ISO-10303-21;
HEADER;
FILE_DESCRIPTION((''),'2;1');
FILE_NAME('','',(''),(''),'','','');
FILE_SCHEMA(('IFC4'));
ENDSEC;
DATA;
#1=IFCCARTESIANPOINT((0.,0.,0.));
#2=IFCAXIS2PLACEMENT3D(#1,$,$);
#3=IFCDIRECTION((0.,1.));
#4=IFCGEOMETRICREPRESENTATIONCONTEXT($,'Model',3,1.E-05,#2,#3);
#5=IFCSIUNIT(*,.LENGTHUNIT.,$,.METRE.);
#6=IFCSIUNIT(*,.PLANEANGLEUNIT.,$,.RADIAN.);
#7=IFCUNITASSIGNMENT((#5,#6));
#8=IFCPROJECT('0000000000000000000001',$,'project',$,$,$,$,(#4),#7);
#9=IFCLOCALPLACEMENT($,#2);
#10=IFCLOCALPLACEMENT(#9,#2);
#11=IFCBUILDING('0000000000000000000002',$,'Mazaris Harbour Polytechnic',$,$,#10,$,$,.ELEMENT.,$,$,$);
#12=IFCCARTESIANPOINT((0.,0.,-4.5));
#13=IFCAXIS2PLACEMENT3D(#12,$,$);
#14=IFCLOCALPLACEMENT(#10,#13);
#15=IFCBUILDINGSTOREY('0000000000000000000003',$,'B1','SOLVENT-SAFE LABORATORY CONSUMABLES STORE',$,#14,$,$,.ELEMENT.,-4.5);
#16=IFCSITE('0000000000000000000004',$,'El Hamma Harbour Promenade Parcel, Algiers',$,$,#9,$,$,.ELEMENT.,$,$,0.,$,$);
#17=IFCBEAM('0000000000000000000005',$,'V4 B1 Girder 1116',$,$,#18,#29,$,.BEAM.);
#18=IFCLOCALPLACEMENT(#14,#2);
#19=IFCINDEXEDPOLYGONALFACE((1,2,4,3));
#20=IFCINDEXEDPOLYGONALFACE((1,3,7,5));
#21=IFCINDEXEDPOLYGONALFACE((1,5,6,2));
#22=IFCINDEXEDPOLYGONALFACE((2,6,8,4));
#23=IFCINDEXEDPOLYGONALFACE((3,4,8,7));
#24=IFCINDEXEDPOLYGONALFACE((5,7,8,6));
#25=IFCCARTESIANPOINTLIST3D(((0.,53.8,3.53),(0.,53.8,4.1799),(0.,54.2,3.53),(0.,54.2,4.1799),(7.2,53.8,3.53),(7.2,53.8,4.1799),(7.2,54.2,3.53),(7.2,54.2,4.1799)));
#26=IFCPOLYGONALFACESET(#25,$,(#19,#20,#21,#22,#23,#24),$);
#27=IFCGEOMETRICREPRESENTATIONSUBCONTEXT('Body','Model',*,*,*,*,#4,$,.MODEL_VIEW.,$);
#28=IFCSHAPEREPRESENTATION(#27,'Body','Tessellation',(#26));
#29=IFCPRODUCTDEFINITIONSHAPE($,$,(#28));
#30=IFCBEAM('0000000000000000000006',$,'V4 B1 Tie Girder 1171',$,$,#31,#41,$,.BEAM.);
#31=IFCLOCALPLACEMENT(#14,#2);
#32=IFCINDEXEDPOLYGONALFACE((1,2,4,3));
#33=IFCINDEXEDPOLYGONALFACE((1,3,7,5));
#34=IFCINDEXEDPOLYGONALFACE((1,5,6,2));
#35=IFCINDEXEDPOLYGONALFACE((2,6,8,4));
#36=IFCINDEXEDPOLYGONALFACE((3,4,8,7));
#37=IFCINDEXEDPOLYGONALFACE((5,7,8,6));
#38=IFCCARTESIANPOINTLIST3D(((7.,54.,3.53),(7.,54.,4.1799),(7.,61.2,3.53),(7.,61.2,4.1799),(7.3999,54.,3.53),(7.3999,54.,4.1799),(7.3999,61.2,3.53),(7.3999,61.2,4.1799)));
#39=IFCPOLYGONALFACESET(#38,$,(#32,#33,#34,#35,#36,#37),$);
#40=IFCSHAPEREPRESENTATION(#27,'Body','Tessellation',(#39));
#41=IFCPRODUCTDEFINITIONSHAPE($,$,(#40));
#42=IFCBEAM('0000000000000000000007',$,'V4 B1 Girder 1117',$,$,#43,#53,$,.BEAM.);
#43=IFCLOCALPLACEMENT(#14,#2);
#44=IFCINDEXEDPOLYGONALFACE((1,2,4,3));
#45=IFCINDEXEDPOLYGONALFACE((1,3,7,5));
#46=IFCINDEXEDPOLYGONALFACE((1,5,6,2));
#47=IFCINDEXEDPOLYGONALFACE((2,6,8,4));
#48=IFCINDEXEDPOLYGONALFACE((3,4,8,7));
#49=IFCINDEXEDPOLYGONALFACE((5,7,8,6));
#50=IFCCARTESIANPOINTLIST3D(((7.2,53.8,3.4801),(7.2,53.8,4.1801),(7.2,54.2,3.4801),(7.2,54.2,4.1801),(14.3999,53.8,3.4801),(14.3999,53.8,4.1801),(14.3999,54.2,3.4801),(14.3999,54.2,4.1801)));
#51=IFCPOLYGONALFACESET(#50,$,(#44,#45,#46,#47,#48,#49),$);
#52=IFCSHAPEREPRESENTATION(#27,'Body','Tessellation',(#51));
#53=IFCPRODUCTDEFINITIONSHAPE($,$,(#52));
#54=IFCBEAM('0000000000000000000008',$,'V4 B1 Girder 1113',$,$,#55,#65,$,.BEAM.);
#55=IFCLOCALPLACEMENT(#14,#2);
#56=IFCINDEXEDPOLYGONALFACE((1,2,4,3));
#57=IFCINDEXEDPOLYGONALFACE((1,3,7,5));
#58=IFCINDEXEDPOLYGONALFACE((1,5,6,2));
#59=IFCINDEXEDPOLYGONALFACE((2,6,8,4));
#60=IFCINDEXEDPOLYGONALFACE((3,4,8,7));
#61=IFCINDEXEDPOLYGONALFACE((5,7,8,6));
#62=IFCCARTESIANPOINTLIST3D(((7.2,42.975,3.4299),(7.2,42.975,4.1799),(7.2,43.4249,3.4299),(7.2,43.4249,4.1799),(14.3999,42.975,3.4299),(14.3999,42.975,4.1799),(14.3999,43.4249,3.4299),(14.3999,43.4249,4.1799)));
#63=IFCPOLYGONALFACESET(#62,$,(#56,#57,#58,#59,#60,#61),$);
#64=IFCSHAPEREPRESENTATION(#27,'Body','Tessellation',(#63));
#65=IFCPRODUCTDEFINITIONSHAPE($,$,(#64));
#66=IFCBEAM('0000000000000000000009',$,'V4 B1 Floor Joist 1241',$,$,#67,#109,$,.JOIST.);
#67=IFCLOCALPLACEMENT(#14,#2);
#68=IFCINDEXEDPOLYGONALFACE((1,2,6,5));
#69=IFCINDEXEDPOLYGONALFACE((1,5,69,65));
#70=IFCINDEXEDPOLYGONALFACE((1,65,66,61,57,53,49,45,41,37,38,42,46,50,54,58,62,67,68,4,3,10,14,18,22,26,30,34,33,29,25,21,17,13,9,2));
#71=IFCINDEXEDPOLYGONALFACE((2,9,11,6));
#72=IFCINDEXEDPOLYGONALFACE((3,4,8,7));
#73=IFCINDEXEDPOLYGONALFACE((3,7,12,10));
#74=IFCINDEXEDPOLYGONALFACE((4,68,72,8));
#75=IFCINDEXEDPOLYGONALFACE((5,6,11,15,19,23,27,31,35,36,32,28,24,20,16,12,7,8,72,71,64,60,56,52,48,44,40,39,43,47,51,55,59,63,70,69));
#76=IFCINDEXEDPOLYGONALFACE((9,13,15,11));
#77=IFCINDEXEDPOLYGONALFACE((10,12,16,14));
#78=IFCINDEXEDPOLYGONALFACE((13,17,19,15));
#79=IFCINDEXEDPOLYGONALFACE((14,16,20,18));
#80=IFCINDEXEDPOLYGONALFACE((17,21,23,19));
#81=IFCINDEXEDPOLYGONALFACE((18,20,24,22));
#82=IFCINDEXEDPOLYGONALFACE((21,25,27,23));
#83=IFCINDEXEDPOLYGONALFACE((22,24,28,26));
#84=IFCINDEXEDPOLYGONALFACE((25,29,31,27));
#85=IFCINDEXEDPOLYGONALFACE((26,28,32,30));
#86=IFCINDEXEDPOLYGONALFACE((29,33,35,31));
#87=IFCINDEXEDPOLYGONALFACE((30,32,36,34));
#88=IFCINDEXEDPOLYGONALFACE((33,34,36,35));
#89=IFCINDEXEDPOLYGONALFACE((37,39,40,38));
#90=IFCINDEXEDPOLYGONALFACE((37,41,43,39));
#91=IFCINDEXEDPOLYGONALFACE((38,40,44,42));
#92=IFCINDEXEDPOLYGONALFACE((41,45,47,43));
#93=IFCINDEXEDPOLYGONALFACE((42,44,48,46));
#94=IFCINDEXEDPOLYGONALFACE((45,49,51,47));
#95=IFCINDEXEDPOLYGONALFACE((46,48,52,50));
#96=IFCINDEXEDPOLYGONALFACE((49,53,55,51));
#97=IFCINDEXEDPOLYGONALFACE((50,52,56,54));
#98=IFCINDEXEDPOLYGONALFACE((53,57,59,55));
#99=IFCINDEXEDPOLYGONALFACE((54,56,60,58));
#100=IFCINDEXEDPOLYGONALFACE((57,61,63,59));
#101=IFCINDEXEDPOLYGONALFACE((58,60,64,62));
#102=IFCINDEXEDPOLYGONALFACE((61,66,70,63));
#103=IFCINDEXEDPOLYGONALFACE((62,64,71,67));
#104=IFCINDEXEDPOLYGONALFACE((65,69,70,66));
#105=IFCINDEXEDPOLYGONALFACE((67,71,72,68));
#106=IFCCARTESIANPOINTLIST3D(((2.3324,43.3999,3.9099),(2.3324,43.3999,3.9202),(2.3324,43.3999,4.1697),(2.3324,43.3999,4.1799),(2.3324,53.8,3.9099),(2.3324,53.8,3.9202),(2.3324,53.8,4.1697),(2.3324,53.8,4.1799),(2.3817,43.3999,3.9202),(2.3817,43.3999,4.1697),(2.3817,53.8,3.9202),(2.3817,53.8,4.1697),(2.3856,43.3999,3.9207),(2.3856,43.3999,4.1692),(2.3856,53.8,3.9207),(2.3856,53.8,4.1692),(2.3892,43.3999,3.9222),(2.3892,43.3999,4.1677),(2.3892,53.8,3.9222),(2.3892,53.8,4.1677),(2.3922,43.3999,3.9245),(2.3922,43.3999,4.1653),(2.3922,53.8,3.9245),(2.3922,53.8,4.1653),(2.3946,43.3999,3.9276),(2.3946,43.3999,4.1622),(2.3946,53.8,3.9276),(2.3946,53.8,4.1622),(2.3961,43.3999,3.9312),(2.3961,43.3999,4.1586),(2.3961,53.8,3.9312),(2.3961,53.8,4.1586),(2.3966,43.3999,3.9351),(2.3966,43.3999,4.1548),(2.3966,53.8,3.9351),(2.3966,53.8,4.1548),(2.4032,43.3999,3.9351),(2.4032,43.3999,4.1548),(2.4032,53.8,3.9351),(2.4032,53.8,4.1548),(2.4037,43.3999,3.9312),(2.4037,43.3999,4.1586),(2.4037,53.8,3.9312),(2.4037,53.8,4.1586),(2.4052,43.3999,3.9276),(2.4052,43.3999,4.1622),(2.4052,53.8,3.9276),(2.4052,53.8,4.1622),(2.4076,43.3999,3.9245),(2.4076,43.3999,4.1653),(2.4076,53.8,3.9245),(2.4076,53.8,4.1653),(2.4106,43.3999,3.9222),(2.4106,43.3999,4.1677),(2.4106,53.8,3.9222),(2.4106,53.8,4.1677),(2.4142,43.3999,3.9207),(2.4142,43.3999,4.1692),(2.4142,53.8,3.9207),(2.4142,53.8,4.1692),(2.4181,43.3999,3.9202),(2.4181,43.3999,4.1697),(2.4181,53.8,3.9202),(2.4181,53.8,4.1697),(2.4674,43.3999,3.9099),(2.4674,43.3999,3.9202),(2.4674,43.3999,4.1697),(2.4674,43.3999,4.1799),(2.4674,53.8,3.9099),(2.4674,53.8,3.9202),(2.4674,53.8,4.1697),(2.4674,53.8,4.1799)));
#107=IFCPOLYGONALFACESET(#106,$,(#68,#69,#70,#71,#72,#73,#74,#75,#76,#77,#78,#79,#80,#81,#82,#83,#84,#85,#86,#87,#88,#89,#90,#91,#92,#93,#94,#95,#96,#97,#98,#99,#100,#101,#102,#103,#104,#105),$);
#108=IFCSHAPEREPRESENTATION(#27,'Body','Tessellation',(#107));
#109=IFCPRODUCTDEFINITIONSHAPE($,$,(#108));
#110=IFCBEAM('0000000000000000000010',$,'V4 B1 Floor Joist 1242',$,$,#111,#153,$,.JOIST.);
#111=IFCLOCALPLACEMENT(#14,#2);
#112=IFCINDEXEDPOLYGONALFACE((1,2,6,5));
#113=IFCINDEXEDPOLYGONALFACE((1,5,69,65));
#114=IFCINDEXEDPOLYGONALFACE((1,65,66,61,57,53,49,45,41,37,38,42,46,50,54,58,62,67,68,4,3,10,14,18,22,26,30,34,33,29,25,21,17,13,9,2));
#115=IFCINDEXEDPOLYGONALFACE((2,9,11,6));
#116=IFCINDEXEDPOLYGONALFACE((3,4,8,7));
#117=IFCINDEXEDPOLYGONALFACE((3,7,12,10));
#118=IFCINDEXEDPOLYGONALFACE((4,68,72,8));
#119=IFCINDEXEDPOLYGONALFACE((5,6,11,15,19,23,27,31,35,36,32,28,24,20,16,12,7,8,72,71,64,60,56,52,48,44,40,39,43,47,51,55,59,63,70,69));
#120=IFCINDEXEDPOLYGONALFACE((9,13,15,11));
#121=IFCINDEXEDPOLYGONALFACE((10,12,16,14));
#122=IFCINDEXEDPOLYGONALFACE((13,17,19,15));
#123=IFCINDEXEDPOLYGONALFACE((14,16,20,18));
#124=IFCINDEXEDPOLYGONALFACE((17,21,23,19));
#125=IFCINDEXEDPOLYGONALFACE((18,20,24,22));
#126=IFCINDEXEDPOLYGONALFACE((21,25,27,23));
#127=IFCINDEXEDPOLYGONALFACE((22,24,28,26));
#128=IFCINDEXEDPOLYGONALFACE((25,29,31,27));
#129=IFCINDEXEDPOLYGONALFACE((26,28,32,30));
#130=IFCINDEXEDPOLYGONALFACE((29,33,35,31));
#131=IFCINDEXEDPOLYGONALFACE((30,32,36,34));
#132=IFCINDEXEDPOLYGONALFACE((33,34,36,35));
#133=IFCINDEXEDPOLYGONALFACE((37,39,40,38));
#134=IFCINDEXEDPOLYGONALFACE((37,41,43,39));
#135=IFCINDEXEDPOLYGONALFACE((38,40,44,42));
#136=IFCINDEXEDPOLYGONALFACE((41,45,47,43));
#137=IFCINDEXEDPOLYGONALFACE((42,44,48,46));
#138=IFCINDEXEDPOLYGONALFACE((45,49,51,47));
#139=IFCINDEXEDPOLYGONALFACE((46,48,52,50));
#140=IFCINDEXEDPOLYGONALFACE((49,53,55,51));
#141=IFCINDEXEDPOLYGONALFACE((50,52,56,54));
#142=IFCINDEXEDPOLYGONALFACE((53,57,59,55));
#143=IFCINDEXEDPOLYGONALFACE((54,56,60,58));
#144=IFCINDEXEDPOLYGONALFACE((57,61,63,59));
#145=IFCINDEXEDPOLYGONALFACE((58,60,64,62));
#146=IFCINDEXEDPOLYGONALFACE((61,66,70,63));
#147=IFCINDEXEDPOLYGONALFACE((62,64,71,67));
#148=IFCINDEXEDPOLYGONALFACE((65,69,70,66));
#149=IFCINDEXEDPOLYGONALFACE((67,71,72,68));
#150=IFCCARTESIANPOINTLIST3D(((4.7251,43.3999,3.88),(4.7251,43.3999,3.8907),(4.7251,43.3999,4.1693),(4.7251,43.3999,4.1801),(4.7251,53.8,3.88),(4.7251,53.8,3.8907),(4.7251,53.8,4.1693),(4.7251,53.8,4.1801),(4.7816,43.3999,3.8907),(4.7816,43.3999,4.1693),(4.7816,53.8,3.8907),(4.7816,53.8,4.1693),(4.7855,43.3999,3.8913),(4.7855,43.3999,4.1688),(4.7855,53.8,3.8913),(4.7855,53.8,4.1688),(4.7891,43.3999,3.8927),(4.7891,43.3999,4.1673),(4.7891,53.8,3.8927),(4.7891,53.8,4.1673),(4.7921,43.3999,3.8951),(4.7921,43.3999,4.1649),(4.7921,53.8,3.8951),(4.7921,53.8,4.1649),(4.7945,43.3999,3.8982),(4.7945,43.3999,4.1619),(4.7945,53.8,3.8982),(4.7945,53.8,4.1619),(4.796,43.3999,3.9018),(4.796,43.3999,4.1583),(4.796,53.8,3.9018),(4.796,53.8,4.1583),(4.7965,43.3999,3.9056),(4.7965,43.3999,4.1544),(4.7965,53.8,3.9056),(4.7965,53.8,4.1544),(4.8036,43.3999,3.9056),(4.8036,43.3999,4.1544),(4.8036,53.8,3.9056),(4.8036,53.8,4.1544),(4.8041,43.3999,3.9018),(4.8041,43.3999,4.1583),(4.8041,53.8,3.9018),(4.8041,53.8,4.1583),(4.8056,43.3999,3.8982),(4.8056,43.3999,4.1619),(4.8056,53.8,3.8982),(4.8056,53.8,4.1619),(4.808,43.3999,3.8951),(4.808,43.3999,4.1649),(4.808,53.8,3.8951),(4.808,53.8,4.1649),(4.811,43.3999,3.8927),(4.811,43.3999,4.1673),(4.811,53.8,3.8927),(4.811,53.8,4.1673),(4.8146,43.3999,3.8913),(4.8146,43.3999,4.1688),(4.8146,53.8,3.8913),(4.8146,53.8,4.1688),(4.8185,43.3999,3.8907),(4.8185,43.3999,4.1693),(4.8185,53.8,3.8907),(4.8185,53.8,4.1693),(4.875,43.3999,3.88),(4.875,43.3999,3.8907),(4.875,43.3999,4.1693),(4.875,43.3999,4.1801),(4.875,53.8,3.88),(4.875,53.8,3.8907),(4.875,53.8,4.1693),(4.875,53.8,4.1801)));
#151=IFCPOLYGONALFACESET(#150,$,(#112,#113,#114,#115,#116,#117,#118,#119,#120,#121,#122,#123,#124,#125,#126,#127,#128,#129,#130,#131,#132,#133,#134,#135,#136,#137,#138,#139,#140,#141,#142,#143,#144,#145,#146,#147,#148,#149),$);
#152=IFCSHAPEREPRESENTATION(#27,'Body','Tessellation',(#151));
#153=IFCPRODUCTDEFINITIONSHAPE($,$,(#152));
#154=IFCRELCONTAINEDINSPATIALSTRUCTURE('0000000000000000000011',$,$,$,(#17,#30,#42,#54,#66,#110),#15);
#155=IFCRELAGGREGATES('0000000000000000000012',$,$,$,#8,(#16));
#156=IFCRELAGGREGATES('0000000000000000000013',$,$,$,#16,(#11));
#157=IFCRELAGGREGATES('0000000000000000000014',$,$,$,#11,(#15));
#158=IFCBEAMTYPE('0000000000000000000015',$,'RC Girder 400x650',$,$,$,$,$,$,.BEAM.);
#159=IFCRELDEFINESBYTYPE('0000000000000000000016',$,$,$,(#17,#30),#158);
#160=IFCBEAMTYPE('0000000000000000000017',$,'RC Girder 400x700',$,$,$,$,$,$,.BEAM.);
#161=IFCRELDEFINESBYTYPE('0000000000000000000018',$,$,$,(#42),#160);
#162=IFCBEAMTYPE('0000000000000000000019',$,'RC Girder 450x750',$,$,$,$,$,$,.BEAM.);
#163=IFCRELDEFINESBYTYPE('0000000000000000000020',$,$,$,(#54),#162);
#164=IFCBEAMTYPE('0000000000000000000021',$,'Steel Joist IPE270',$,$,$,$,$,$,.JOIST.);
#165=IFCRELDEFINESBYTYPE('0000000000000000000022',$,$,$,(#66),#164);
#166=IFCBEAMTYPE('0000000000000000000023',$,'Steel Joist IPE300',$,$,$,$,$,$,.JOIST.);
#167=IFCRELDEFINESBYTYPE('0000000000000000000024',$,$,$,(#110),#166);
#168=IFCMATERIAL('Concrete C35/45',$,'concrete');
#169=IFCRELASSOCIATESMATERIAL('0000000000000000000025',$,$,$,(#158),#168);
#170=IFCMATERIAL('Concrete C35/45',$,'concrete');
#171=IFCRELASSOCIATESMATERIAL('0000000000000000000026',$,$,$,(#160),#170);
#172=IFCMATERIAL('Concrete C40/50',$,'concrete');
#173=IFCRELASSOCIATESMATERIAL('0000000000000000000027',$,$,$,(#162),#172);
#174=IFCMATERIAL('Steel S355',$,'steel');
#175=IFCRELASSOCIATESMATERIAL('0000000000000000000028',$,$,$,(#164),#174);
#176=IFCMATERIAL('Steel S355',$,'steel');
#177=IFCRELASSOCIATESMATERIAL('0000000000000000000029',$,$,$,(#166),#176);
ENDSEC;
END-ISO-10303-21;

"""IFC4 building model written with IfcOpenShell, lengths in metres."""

from ifc_helpers import new_model, si_unit, direction, frame, origin, origin_2d, place, context, subcontext, project, spatial, rectangle, i_section, extrude, material, material_profile, profile_set, type_object, element, save


model = new_model("IFC4")

# Units and contexts
model_context = context("Model", 3, precision=1e-05, world=origin(), true_north=direction((0.0, 1.0)))
body_context = subcontext(model_context, "Body", "Model", "MODEL_VIEW")
ifc_project = project(units=[si_unit("LENGTHUNIT", "METRE"), si_unit("PLANEANGLEUNIT", "RADIAN")], contexts=[model_context])

# Site, building, storey
site_placement = place(None, origin())
site = spatial("IfcSite", under=ifc_project, at=site_placement, Name="El Hamma Harbour Promenade Parcel, Algiers", CompositionType="ELEMENT", RefElevation=0.0)
building_placement = place(site_placement, origin())
building = spatial("IfcBuilding", under=site, at=building_placement, Name="Mazaris Harbour Polytechnic", CompositionType="ELEMENT")
storey_placement = place(building_placement, frame((0.0, 0.0, -4.5)))
storey = spatial("IfcBuildingStorey", under=building, at=storey_placement, Name="B1", Description="SOLVENT-SAFE LABORATORY CONSUMABLES STORE", CompositionType="ELEMENT", Elevation=-4.5)

# Beams
ifc_material_1 = material(Name="Concrete C35/45", Category="concrete")
ifc_material_profile_1 = material_profile(ifc_material_1, rectangle(XDim=0.3999, YDim=0.6499, at=origin_2d()), Name="RECT400x650")
ifc_profile_set_1 = profile_set([ifc_material_profile_1], Name="Concrete C35/45")
beam_type_1 = type_object("IfcBeamType", Name="RC Girder 400x650", PredefinedType="BEAM", material=ifc_profile_set_1)
for number, where, z_axis, x_axis, name in (
    (1, (0.0, 54.0, 3.855), (1.0, 0.0, 0.0), (0.0, 1.0, 0.0), "V4 B1 Girder 1116"),
    (2, (7.2, 54.0, 3.855), (0.0, 1.0, 0.0), (-1.0, 0.0, 0.0), "V4 B1 Tie Girder 1171"),
):
    element("IfcBeam", number, at=place(storey_placement, frame(where, z_axis=z_axis, x_axis=x_axis)), inside=storey, type_object=beam_type_1, Name=name, PredefinedType="BEAM", context=body_context, shape_type="SweptSolid", body=[
        extrude(rectangle(XDim=0.3999, YDim=0.6499, at=origin_2d()), origin(), (0.0, 0.0, 1.0), 7.2),
    ])
ifc_material_2 = material(Name="Concrete C35/45", Category="concrete")
ifc_material_profile_2 = material_profile(ifc_material_2, rectangle(XDim=0.3999, YDim=0.7, at=origin_2d()), Name="RECT400x700")
ifc_profile_set_2 = profile_set([ifc_material_profile_2], Name="Concrete C35/45")
beam_type_2 = type_object("IfcBeamType", Name="RC Girder 400x700", PredefinedType="BEAM", material=ifc_profile_set_2)
beam_1_placement = place(storey_placement, frame((7.2, 54.0, 3.8301), z_axis=(1.0, 0.0, 0.0), x_axis=(0.0, 1.0, 0.0)))
element("IfcBeam", 3, at=beam_1_placement, inside=storey, type_object=beam_type_2, Name="V4 B1 Girder 1117", PredefinedType="BEAM", context=body_context, shape_type="SweptSolid", body=[
    extrude(rectangle(XDim=0.3999, YDim=0.7, at=origin_2d()), origin(), (0.0, 0.0, 1.0), 7.2),
])
ifc_material_3 = material(Name="Concrete C40/50", Category="concrete")
ifc_material_profile_3 = material_profile(ifc_material_3, rectangle(XDim=0.45, YDim=0.75, at=origin_2d()), Name="RECT450x750")
ifc_profile_set_3 = profile_set([ifc_material_profile_3], Name="Concrete C40/50")
beam_type_3 = type_object("IfcBeamType", Name="RC Girder 450x750", PredefinedType="BEAM", material=ifc_profile_set_3)
beam_2_placement = place(storey_placement, frame((7.2, 43.2, 3.8049), z_axis=(1.0, 0.0, 0.0), x_axis=(0.0, 1.0, 0.0)))
element("IfcBeam", 4, at=beam_2_placement, inside=storey, type_object=beam_type_3, Name="V4 B1 Girder 1113", PredefinedType="BEAM", context=body_context, shape_type="SweptSolid", body=[
    extrude(rectangle(XDim=0.45, YDim=0.75, at=origin_2d()), origin(), (0.0, 0.0, 1.0), 7.2),
])
ifc_material_4 = material(Name="Steel S355", Category="steel")
ifc_material_profile_4 = material_profile(ifc_material_4, i_section(OverallWidth=0.135, OverallDepth=0.27, WebThickness=0.0066, FlangeThickness=0.0103, FilletRadius=0.0149, at=origin_2d()), Name="IPE 270")
ifc_profile_set_4 = profile_set([ifc_material_profile_4], Name="Steel S355")
beam_type_4 = type_object("IfcBeamType", Name="Steel Joist IPE270", PredefinedType="JOIST", material=ifc_profile_set_4)
beam_3_placement = place(storey_placement, frame((2.3999, 43.3999, 4.0449), z_axis=(0.0, 1.0, 0.0), x_axis=(-1.0, 0.0, 0.0)))
element("IfcBeam", 5, at=beam_3_placement, inside=storey, type_object=beam_type_4, Name="V4 B1 Floor Joist 1241", PredefinedType="JOIST", context=body_context, shape_type="SweptSolid", body=[
    extrude(i_section(OverallWidth=0.135, OverallDepth=0.27, WebThickness=0.0066, FlangeThickness=0.0103, FilletRadius=0.0149, at=origin_2d()), origin(), (0.0, 0.0, 1.0), 10.4001),
])
ifc_material_5 = material(Name="Steel S355", Category="steel")
ifc_material_profile_5 = material_profile(ifc_material_5, i_section(OverallWidth=0.1499, OverallDepth=0.3, WebThickness=0.0071, FlangeThickness=0.0107, FilletRadius=0.0149, at=origin_2d()), Name="IPE 300")
ifc_profile_set_5 = profile_set([ifc_material_profile_5], Name="Steel S355")
beam_type_5 = type_object("IfcBeamType", Name="Steel Joist IPE300", PredefinedType="JOIST", material=ifc_profile_set_5)
beam_4_placement = place(storey_placement, frame((4.8, 43.3999, 4.03), z_axis=(0.0, 1.0, 0.0), x_axis=(-1.0, 0.0, 0.0)))
element("IfcBeam", 6, at=beam_4_placement, inside=storey, type_object=beam_type_5, Name="V4 B1 Floor Joist 1242", PredefinedType="JOIST", context=body_context, shape_type="SweptSolid", body=[
    extrude(i_section(OverallWidth=0.1499, OverallDepth=0.3, WebThickness=0.0071, FlangeThickness=0.0107, FilletRadius=0.0149, at=origin_2d()), origin(), (0.0, 0.0, 1.0), 10.4001),
])

save(model, "model.ifc")
